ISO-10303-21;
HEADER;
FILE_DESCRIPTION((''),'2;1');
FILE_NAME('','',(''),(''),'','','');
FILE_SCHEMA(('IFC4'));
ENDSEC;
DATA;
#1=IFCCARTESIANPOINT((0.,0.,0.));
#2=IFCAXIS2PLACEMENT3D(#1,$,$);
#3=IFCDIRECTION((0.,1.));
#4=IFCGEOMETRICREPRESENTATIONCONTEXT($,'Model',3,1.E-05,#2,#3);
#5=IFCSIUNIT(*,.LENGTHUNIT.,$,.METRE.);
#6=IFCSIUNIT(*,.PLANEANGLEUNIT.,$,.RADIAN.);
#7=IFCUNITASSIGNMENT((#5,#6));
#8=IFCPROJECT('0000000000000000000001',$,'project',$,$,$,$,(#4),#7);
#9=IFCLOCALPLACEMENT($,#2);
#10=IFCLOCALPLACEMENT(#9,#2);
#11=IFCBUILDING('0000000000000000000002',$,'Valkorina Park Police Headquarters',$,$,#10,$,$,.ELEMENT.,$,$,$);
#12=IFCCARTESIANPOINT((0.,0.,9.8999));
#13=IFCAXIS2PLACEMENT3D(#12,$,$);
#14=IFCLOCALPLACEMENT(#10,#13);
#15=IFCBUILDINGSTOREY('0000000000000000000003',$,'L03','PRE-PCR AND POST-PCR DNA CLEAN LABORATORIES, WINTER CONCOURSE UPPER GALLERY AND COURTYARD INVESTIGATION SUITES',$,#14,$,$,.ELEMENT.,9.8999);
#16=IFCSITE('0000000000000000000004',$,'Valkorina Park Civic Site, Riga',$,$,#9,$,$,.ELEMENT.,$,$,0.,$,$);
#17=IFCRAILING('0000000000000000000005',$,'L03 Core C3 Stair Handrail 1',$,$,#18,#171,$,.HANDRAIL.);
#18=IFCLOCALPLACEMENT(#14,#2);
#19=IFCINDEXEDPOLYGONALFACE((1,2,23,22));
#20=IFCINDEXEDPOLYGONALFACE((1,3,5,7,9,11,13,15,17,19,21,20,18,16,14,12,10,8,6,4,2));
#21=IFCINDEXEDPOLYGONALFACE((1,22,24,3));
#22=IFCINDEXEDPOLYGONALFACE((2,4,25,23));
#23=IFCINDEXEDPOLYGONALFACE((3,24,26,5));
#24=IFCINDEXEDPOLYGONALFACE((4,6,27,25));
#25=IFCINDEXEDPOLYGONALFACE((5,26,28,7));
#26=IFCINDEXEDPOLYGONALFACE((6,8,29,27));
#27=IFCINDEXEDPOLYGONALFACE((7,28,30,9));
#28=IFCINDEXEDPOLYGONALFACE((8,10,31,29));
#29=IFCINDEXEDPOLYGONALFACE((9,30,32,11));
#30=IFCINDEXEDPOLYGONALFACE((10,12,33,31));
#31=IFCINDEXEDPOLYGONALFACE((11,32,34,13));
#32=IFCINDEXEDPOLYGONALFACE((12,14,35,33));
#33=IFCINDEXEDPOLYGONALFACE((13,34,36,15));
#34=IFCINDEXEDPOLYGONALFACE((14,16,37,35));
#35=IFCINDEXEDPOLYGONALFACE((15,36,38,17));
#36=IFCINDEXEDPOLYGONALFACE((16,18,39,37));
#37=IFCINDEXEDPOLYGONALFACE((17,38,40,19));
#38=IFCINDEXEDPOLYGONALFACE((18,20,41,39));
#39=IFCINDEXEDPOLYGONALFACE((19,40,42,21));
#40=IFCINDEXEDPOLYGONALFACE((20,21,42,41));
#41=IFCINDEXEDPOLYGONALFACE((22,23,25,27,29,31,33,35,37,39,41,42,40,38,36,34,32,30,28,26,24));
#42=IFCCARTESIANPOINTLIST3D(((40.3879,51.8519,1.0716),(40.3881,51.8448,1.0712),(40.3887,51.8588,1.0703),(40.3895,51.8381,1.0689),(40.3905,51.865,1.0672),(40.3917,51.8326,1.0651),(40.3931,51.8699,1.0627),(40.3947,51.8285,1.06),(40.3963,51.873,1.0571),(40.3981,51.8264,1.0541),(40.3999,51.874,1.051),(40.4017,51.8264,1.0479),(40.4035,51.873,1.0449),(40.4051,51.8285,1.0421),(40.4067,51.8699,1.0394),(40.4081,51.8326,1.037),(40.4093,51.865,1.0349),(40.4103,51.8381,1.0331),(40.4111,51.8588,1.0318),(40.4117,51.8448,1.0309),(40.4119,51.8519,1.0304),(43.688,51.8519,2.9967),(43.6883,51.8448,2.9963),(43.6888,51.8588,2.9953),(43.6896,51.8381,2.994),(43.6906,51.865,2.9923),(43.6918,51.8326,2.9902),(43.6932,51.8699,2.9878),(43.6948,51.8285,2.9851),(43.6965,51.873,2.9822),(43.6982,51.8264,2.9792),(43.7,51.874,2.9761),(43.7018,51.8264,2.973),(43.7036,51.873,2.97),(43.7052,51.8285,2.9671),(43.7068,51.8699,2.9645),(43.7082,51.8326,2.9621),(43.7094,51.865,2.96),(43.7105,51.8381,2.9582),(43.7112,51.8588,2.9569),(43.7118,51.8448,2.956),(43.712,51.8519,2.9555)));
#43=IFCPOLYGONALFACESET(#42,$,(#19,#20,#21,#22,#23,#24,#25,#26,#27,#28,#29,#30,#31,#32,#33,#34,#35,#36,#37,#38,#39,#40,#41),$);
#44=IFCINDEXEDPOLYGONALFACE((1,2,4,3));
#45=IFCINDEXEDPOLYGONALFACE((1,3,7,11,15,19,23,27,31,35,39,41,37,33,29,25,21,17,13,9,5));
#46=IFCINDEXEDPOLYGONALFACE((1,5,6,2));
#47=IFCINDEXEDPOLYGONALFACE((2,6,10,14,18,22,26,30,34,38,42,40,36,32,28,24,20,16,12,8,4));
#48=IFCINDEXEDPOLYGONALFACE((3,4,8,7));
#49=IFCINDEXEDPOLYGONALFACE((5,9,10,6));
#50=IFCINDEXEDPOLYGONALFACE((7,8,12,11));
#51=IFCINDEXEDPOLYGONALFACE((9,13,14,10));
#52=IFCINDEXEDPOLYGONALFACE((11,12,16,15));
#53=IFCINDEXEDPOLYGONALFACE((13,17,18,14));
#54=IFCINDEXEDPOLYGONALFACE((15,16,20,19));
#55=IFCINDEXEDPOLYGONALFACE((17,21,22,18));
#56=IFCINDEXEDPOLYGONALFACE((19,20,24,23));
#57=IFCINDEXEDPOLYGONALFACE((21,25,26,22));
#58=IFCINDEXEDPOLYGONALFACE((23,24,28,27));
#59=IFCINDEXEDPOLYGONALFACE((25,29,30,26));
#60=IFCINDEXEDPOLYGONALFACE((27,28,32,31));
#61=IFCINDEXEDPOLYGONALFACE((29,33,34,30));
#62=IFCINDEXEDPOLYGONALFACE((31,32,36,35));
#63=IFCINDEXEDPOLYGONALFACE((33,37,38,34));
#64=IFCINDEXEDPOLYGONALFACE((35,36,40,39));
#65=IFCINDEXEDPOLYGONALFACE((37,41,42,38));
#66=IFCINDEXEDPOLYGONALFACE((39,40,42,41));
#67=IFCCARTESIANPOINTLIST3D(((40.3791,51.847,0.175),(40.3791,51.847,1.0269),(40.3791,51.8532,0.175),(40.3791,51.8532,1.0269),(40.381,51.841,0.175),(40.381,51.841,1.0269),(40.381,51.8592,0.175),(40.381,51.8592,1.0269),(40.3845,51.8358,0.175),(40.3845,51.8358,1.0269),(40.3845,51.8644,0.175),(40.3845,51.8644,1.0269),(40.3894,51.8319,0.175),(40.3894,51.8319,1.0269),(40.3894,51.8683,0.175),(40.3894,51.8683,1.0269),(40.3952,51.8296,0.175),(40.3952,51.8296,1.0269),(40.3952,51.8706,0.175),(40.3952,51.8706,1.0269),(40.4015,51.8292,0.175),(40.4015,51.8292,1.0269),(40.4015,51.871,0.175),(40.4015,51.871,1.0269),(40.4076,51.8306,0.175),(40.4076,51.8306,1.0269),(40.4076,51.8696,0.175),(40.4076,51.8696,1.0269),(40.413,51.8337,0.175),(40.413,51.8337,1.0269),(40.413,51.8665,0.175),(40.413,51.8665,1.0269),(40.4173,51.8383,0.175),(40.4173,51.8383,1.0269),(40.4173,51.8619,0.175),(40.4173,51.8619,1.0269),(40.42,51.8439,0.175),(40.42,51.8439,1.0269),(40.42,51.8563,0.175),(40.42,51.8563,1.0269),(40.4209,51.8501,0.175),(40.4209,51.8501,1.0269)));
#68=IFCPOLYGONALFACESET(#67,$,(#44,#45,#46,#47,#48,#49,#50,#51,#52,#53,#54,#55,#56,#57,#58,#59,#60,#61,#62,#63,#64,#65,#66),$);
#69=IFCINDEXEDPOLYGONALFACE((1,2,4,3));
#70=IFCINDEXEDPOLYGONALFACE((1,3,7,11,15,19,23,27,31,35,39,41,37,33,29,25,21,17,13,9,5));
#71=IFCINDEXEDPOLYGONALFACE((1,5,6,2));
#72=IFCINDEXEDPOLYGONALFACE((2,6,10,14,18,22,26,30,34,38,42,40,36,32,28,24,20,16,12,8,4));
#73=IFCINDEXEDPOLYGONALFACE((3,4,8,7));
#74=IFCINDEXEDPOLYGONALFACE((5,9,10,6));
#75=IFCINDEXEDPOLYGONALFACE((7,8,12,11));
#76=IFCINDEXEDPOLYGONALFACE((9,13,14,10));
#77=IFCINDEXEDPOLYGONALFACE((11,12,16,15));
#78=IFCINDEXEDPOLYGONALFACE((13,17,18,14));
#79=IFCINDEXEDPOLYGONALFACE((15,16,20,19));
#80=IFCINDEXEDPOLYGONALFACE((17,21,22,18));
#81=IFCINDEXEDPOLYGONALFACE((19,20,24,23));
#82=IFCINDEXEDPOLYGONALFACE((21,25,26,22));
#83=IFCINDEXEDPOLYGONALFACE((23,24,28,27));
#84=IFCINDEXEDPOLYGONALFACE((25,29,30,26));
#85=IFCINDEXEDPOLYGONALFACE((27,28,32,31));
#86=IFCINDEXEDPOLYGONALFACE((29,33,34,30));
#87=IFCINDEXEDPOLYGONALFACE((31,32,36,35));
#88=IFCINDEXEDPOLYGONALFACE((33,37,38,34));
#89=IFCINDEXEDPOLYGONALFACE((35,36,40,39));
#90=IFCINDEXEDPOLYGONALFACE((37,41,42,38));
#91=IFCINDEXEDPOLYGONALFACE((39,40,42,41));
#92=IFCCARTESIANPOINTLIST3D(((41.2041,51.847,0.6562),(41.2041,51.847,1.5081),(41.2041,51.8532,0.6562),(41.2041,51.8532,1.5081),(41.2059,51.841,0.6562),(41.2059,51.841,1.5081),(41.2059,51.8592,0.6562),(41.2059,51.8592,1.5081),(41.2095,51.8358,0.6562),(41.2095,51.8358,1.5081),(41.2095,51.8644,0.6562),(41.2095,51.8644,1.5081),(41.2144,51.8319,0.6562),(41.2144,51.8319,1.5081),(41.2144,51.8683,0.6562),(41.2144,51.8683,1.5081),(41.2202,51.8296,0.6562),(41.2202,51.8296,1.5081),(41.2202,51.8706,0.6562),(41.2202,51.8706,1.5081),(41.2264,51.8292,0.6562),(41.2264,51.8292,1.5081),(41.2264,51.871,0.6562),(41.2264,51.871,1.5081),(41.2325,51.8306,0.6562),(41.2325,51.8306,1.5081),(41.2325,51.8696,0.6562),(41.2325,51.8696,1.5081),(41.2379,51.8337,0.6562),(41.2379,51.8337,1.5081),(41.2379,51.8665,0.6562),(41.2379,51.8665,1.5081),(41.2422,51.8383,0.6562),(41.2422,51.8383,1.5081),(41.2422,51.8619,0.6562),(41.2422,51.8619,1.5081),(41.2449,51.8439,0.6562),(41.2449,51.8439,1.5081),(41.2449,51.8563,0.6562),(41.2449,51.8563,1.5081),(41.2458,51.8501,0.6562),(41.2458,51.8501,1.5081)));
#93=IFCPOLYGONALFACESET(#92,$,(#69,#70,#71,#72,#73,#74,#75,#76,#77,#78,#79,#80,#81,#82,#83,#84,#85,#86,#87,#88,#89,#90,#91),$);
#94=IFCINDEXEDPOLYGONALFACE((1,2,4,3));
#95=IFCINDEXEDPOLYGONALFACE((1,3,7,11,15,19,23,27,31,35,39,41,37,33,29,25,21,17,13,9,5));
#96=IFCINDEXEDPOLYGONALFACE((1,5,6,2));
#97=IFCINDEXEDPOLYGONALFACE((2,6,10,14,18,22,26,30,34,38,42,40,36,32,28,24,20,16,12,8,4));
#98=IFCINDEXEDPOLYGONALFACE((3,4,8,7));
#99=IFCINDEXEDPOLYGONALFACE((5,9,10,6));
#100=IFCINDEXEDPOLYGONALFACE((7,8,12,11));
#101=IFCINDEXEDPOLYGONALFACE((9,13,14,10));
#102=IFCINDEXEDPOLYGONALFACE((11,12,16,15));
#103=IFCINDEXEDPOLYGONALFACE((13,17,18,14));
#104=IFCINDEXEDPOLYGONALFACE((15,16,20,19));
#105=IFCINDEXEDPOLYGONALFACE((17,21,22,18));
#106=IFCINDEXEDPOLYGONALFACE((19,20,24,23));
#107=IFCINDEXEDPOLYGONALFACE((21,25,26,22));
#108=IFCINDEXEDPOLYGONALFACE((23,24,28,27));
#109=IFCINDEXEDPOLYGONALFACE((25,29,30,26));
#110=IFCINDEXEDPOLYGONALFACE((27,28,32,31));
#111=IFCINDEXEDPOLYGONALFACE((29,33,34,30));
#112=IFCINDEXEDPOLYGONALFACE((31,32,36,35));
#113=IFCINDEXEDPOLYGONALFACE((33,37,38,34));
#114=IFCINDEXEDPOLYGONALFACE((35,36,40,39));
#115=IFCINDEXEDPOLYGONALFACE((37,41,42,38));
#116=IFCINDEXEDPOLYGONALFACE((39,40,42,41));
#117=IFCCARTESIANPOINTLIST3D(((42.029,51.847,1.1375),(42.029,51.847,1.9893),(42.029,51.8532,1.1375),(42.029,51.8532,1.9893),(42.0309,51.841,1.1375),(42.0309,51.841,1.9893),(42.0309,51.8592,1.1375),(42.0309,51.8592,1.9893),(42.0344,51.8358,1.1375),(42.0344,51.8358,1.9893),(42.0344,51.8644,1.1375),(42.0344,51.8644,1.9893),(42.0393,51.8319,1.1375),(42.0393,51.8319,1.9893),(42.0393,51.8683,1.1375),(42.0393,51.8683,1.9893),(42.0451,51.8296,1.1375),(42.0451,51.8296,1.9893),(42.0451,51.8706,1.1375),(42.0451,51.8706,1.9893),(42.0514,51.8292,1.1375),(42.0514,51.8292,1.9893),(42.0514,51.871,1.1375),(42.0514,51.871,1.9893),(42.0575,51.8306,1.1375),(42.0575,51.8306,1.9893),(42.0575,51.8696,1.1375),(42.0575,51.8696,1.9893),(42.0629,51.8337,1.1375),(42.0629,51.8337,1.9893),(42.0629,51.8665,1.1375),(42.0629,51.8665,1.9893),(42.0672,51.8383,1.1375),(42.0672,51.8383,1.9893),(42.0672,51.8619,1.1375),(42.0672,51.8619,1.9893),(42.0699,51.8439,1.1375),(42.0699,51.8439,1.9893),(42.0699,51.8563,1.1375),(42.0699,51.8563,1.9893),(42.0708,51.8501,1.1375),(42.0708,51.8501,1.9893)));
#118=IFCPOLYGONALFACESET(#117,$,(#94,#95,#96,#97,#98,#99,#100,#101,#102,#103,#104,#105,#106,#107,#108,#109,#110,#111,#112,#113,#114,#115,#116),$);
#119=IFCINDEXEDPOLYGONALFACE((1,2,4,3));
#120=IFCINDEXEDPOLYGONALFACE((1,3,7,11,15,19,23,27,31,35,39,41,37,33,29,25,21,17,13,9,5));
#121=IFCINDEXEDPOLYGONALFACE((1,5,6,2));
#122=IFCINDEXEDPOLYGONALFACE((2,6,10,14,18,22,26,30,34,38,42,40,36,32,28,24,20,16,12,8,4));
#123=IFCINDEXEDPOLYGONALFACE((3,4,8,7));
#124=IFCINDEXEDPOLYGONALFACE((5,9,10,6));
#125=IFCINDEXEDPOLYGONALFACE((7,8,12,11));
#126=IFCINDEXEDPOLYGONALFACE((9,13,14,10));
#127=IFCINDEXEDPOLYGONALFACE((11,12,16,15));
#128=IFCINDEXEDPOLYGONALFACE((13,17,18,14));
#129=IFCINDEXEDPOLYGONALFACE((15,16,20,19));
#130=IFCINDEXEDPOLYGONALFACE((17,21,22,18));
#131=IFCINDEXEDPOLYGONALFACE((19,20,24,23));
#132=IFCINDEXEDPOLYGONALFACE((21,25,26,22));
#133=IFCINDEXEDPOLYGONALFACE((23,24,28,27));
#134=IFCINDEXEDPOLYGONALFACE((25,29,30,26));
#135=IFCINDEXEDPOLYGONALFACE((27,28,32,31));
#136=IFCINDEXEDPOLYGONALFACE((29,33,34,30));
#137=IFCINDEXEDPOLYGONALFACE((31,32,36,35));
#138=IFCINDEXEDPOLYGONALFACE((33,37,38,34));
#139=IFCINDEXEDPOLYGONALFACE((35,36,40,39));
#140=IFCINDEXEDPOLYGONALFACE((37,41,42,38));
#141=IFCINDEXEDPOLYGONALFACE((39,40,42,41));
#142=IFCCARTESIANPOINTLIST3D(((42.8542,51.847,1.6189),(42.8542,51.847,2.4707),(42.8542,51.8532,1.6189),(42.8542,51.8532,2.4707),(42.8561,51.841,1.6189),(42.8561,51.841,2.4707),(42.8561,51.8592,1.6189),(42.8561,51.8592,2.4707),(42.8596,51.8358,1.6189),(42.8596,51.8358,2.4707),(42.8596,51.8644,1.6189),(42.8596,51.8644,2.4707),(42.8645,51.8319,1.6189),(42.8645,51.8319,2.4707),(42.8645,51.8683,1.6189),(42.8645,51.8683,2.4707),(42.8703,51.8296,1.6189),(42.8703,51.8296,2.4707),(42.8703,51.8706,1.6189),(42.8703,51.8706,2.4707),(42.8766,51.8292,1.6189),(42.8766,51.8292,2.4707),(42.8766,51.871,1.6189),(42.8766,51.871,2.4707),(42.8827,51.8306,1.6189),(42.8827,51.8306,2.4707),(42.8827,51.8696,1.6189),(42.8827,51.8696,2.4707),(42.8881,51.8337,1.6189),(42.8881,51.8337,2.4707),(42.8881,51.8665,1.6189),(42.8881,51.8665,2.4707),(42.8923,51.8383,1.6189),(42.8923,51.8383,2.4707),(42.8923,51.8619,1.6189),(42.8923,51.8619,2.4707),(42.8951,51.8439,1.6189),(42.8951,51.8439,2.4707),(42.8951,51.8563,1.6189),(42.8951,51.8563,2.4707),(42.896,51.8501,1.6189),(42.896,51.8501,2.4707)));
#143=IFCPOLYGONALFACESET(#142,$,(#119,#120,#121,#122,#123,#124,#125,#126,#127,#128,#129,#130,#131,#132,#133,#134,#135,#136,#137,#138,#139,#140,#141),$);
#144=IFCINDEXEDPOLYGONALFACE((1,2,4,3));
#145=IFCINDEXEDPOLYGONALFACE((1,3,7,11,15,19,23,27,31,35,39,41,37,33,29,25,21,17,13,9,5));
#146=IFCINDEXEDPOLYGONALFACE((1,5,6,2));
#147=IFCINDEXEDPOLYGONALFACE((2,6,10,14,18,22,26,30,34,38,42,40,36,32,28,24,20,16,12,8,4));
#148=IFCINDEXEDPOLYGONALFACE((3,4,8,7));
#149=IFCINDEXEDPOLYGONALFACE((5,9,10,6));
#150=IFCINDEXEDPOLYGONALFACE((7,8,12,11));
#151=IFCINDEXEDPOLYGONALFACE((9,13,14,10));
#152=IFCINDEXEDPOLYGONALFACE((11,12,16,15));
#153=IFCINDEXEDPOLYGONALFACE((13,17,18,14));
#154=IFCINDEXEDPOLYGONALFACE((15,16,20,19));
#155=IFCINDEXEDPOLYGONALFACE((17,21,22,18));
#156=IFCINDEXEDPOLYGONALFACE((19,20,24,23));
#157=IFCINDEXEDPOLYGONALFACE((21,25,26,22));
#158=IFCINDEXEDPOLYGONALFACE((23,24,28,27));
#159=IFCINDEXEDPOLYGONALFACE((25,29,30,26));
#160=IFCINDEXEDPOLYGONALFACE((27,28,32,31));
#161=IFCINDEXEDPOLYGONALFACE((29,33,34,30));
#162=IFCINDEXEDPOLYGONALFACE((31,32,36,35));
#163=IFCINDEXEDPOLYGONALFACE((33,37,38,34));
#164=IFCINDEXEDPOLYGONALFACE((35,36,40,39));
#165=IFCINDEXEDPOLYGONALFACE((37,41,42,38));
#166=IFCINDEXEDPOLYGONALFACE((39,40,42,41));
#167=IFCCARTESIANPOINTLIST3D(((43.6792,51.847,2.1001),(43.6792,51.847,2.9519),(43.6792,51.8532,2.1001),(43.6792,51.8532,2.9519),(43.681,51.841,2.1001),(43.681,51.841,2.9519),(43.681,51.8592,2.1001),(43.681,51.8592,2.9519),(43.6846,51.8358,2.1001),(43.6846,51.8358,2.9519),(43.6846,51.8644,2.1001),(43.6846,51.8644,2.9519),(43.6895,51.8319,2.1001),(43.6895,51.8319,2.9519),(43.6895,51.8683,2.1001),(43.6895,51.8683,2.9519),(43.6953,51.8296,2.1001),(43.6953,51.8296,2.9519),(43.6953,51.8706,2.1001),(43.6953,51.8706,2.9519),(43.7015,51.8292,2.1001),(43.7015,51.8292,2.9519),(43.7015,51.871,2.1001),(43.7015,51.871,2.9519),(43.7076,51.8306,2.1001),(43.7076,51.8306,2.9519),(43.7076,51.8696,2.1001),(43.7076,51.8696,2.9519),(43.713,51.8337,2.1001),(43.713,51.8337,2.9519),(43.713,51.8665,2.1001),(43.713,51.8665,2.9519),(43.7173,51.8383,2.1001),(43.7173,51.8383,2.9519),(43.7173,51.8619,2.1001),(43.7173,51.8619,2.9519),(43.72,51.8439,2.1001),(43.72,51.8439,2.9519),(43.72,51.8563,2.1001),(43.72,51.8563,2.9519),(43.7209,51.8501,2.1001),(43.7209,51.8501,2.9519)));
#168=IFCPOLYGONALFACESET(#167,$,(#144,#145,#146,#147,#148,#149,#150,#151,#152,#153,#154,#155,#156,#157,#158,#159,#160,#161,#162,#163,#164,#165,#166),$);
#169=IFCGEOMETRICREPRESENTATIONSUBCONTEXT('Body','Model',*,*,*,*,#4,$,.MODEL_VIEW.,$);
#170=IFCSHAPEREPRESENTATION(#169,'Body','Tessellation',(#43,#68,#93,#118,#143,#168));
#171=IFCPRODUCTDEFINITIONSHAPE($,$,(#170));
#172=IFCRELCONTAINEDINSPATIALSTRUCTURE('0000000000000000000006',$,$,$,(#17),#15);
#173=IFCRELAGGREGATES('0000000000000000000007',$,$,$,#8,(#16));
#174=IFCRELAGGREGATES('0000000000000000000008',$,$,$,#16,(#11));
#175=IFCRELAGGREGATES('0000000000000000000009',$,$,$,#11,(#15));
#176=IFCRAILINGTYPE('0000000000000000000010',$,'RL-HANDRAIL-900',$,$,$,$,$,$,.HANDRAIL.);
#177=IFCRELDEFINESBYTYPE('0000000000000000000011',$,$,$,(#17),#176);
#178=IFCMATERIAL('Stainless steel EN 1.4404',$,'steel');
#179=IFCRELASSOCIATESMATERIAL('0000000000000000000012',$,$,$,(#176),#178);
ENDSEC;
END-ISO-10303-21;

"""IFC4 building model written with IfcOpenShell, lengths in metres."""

from ifc_helpers import new_model, si_unit, direction, frame, origin, origin_2d, place, context, subcontext, project, spatial, circle, extrude, material, type_object, element, save


model = new_model("IFC4")

# Units and contexts
model_context = context("Model", 3, precision=1e-05, world=origin(), true_north=direction((0.0, 1.0)))
body_context = subcontext(model_context, "Body", "Model", "MODEL_VIEW")
ifc_project = project(units=[si_unit("LENGTHUNIT", "METRE"), si_unit("PLANEANGLEUNIT", "RADIAN")], contexts=[model_context])

# Site, building, storey
site_placement = place(None, origin())
site = spatial("IfcSite", under=ifc_project, at=site_placement, Name="Valkorina Park Civic Site, Riga", CompositionType="ELEMENT", RefElevation=0.0)
building_placement = place(site_placement, origin())
building = spatial("IfcBuilding", under=site, at=building_placement, Name="Valkorina Park Police Headquarters", CompositionType="ELEMENT")
storey_placement = place(building_placement, frame((0.0, 0.0, 9.8999)))
storey = spatial("IfcBuildingStorey", under=building, at=storey_placement, Name="L03", Description="PRE-PCR AND POST-PCR DNA CLEAN LABORATORIES, WINTER CONCOURSE UPPER GALLERY AND COURTYARD INVESTIGATION SUITES", CompositionType="ELEMENT", Elevation=9.8999)

# Shared definitions
ifc_material_1 = material(Name="Stainless steel EN 1.4404", Category="steel")

# Railing
railing_type_1 = type_object("IfcRailingType", Name="RL-HANDRAIL-900", PredefinedType="HANDRAIL", material=ifc_material_1)
railing_1_placement = place(storey_placement, frame((40.3999, 51.8501, 0.175)))
element("IfcRailing", 1, at=railing_1_placement, inside=storey, type_object=railing_type_1, Name="L03 Core C3 Stair Handrail 1", PredefinedType="HANDRAIL", context=body_context, shape_type="SweptSolid", body=[
    extrude(circle(Radius=0.0239, at=origin_2d()), frame((0.0, 0.0, 0.876), z_axis=(0.863777, 0.0, 0.503875), x_axis=(0.0, 1.0, 0.0)), (0.0, 0.0, 1.0), 3.8206),
    extrude(circle(Radius=0.021, at=origin_2d()), origin(), (0.0, 0.0, 1.0), 0.8518),
    extrude(circle(Radius=0.021, at=origin_2d()), frame((0.825, 0.0, 0.4812)), (0.0, 0.0, 1.0), 0.8518),
    extrude(circle(Radius=0.021, at=origin_2d()), frame((1.6499, 0.0, 0.9624)), (0.0, 0.0, 1.0), 0.8518),
    extrude(circle(Radius=0.021, at=origin_2d()), frame((2.4751, 0.0, 1.4438)), (0.0, 0.0, 1.0), 0.8518),
    extrude(circle(Radius=0.021, at=origin_2d()), frame((3.3, 0.0, 1.925)), (0.0, 0.0, 1.0), 0.8518),
])

save(model, "model.ifc")
